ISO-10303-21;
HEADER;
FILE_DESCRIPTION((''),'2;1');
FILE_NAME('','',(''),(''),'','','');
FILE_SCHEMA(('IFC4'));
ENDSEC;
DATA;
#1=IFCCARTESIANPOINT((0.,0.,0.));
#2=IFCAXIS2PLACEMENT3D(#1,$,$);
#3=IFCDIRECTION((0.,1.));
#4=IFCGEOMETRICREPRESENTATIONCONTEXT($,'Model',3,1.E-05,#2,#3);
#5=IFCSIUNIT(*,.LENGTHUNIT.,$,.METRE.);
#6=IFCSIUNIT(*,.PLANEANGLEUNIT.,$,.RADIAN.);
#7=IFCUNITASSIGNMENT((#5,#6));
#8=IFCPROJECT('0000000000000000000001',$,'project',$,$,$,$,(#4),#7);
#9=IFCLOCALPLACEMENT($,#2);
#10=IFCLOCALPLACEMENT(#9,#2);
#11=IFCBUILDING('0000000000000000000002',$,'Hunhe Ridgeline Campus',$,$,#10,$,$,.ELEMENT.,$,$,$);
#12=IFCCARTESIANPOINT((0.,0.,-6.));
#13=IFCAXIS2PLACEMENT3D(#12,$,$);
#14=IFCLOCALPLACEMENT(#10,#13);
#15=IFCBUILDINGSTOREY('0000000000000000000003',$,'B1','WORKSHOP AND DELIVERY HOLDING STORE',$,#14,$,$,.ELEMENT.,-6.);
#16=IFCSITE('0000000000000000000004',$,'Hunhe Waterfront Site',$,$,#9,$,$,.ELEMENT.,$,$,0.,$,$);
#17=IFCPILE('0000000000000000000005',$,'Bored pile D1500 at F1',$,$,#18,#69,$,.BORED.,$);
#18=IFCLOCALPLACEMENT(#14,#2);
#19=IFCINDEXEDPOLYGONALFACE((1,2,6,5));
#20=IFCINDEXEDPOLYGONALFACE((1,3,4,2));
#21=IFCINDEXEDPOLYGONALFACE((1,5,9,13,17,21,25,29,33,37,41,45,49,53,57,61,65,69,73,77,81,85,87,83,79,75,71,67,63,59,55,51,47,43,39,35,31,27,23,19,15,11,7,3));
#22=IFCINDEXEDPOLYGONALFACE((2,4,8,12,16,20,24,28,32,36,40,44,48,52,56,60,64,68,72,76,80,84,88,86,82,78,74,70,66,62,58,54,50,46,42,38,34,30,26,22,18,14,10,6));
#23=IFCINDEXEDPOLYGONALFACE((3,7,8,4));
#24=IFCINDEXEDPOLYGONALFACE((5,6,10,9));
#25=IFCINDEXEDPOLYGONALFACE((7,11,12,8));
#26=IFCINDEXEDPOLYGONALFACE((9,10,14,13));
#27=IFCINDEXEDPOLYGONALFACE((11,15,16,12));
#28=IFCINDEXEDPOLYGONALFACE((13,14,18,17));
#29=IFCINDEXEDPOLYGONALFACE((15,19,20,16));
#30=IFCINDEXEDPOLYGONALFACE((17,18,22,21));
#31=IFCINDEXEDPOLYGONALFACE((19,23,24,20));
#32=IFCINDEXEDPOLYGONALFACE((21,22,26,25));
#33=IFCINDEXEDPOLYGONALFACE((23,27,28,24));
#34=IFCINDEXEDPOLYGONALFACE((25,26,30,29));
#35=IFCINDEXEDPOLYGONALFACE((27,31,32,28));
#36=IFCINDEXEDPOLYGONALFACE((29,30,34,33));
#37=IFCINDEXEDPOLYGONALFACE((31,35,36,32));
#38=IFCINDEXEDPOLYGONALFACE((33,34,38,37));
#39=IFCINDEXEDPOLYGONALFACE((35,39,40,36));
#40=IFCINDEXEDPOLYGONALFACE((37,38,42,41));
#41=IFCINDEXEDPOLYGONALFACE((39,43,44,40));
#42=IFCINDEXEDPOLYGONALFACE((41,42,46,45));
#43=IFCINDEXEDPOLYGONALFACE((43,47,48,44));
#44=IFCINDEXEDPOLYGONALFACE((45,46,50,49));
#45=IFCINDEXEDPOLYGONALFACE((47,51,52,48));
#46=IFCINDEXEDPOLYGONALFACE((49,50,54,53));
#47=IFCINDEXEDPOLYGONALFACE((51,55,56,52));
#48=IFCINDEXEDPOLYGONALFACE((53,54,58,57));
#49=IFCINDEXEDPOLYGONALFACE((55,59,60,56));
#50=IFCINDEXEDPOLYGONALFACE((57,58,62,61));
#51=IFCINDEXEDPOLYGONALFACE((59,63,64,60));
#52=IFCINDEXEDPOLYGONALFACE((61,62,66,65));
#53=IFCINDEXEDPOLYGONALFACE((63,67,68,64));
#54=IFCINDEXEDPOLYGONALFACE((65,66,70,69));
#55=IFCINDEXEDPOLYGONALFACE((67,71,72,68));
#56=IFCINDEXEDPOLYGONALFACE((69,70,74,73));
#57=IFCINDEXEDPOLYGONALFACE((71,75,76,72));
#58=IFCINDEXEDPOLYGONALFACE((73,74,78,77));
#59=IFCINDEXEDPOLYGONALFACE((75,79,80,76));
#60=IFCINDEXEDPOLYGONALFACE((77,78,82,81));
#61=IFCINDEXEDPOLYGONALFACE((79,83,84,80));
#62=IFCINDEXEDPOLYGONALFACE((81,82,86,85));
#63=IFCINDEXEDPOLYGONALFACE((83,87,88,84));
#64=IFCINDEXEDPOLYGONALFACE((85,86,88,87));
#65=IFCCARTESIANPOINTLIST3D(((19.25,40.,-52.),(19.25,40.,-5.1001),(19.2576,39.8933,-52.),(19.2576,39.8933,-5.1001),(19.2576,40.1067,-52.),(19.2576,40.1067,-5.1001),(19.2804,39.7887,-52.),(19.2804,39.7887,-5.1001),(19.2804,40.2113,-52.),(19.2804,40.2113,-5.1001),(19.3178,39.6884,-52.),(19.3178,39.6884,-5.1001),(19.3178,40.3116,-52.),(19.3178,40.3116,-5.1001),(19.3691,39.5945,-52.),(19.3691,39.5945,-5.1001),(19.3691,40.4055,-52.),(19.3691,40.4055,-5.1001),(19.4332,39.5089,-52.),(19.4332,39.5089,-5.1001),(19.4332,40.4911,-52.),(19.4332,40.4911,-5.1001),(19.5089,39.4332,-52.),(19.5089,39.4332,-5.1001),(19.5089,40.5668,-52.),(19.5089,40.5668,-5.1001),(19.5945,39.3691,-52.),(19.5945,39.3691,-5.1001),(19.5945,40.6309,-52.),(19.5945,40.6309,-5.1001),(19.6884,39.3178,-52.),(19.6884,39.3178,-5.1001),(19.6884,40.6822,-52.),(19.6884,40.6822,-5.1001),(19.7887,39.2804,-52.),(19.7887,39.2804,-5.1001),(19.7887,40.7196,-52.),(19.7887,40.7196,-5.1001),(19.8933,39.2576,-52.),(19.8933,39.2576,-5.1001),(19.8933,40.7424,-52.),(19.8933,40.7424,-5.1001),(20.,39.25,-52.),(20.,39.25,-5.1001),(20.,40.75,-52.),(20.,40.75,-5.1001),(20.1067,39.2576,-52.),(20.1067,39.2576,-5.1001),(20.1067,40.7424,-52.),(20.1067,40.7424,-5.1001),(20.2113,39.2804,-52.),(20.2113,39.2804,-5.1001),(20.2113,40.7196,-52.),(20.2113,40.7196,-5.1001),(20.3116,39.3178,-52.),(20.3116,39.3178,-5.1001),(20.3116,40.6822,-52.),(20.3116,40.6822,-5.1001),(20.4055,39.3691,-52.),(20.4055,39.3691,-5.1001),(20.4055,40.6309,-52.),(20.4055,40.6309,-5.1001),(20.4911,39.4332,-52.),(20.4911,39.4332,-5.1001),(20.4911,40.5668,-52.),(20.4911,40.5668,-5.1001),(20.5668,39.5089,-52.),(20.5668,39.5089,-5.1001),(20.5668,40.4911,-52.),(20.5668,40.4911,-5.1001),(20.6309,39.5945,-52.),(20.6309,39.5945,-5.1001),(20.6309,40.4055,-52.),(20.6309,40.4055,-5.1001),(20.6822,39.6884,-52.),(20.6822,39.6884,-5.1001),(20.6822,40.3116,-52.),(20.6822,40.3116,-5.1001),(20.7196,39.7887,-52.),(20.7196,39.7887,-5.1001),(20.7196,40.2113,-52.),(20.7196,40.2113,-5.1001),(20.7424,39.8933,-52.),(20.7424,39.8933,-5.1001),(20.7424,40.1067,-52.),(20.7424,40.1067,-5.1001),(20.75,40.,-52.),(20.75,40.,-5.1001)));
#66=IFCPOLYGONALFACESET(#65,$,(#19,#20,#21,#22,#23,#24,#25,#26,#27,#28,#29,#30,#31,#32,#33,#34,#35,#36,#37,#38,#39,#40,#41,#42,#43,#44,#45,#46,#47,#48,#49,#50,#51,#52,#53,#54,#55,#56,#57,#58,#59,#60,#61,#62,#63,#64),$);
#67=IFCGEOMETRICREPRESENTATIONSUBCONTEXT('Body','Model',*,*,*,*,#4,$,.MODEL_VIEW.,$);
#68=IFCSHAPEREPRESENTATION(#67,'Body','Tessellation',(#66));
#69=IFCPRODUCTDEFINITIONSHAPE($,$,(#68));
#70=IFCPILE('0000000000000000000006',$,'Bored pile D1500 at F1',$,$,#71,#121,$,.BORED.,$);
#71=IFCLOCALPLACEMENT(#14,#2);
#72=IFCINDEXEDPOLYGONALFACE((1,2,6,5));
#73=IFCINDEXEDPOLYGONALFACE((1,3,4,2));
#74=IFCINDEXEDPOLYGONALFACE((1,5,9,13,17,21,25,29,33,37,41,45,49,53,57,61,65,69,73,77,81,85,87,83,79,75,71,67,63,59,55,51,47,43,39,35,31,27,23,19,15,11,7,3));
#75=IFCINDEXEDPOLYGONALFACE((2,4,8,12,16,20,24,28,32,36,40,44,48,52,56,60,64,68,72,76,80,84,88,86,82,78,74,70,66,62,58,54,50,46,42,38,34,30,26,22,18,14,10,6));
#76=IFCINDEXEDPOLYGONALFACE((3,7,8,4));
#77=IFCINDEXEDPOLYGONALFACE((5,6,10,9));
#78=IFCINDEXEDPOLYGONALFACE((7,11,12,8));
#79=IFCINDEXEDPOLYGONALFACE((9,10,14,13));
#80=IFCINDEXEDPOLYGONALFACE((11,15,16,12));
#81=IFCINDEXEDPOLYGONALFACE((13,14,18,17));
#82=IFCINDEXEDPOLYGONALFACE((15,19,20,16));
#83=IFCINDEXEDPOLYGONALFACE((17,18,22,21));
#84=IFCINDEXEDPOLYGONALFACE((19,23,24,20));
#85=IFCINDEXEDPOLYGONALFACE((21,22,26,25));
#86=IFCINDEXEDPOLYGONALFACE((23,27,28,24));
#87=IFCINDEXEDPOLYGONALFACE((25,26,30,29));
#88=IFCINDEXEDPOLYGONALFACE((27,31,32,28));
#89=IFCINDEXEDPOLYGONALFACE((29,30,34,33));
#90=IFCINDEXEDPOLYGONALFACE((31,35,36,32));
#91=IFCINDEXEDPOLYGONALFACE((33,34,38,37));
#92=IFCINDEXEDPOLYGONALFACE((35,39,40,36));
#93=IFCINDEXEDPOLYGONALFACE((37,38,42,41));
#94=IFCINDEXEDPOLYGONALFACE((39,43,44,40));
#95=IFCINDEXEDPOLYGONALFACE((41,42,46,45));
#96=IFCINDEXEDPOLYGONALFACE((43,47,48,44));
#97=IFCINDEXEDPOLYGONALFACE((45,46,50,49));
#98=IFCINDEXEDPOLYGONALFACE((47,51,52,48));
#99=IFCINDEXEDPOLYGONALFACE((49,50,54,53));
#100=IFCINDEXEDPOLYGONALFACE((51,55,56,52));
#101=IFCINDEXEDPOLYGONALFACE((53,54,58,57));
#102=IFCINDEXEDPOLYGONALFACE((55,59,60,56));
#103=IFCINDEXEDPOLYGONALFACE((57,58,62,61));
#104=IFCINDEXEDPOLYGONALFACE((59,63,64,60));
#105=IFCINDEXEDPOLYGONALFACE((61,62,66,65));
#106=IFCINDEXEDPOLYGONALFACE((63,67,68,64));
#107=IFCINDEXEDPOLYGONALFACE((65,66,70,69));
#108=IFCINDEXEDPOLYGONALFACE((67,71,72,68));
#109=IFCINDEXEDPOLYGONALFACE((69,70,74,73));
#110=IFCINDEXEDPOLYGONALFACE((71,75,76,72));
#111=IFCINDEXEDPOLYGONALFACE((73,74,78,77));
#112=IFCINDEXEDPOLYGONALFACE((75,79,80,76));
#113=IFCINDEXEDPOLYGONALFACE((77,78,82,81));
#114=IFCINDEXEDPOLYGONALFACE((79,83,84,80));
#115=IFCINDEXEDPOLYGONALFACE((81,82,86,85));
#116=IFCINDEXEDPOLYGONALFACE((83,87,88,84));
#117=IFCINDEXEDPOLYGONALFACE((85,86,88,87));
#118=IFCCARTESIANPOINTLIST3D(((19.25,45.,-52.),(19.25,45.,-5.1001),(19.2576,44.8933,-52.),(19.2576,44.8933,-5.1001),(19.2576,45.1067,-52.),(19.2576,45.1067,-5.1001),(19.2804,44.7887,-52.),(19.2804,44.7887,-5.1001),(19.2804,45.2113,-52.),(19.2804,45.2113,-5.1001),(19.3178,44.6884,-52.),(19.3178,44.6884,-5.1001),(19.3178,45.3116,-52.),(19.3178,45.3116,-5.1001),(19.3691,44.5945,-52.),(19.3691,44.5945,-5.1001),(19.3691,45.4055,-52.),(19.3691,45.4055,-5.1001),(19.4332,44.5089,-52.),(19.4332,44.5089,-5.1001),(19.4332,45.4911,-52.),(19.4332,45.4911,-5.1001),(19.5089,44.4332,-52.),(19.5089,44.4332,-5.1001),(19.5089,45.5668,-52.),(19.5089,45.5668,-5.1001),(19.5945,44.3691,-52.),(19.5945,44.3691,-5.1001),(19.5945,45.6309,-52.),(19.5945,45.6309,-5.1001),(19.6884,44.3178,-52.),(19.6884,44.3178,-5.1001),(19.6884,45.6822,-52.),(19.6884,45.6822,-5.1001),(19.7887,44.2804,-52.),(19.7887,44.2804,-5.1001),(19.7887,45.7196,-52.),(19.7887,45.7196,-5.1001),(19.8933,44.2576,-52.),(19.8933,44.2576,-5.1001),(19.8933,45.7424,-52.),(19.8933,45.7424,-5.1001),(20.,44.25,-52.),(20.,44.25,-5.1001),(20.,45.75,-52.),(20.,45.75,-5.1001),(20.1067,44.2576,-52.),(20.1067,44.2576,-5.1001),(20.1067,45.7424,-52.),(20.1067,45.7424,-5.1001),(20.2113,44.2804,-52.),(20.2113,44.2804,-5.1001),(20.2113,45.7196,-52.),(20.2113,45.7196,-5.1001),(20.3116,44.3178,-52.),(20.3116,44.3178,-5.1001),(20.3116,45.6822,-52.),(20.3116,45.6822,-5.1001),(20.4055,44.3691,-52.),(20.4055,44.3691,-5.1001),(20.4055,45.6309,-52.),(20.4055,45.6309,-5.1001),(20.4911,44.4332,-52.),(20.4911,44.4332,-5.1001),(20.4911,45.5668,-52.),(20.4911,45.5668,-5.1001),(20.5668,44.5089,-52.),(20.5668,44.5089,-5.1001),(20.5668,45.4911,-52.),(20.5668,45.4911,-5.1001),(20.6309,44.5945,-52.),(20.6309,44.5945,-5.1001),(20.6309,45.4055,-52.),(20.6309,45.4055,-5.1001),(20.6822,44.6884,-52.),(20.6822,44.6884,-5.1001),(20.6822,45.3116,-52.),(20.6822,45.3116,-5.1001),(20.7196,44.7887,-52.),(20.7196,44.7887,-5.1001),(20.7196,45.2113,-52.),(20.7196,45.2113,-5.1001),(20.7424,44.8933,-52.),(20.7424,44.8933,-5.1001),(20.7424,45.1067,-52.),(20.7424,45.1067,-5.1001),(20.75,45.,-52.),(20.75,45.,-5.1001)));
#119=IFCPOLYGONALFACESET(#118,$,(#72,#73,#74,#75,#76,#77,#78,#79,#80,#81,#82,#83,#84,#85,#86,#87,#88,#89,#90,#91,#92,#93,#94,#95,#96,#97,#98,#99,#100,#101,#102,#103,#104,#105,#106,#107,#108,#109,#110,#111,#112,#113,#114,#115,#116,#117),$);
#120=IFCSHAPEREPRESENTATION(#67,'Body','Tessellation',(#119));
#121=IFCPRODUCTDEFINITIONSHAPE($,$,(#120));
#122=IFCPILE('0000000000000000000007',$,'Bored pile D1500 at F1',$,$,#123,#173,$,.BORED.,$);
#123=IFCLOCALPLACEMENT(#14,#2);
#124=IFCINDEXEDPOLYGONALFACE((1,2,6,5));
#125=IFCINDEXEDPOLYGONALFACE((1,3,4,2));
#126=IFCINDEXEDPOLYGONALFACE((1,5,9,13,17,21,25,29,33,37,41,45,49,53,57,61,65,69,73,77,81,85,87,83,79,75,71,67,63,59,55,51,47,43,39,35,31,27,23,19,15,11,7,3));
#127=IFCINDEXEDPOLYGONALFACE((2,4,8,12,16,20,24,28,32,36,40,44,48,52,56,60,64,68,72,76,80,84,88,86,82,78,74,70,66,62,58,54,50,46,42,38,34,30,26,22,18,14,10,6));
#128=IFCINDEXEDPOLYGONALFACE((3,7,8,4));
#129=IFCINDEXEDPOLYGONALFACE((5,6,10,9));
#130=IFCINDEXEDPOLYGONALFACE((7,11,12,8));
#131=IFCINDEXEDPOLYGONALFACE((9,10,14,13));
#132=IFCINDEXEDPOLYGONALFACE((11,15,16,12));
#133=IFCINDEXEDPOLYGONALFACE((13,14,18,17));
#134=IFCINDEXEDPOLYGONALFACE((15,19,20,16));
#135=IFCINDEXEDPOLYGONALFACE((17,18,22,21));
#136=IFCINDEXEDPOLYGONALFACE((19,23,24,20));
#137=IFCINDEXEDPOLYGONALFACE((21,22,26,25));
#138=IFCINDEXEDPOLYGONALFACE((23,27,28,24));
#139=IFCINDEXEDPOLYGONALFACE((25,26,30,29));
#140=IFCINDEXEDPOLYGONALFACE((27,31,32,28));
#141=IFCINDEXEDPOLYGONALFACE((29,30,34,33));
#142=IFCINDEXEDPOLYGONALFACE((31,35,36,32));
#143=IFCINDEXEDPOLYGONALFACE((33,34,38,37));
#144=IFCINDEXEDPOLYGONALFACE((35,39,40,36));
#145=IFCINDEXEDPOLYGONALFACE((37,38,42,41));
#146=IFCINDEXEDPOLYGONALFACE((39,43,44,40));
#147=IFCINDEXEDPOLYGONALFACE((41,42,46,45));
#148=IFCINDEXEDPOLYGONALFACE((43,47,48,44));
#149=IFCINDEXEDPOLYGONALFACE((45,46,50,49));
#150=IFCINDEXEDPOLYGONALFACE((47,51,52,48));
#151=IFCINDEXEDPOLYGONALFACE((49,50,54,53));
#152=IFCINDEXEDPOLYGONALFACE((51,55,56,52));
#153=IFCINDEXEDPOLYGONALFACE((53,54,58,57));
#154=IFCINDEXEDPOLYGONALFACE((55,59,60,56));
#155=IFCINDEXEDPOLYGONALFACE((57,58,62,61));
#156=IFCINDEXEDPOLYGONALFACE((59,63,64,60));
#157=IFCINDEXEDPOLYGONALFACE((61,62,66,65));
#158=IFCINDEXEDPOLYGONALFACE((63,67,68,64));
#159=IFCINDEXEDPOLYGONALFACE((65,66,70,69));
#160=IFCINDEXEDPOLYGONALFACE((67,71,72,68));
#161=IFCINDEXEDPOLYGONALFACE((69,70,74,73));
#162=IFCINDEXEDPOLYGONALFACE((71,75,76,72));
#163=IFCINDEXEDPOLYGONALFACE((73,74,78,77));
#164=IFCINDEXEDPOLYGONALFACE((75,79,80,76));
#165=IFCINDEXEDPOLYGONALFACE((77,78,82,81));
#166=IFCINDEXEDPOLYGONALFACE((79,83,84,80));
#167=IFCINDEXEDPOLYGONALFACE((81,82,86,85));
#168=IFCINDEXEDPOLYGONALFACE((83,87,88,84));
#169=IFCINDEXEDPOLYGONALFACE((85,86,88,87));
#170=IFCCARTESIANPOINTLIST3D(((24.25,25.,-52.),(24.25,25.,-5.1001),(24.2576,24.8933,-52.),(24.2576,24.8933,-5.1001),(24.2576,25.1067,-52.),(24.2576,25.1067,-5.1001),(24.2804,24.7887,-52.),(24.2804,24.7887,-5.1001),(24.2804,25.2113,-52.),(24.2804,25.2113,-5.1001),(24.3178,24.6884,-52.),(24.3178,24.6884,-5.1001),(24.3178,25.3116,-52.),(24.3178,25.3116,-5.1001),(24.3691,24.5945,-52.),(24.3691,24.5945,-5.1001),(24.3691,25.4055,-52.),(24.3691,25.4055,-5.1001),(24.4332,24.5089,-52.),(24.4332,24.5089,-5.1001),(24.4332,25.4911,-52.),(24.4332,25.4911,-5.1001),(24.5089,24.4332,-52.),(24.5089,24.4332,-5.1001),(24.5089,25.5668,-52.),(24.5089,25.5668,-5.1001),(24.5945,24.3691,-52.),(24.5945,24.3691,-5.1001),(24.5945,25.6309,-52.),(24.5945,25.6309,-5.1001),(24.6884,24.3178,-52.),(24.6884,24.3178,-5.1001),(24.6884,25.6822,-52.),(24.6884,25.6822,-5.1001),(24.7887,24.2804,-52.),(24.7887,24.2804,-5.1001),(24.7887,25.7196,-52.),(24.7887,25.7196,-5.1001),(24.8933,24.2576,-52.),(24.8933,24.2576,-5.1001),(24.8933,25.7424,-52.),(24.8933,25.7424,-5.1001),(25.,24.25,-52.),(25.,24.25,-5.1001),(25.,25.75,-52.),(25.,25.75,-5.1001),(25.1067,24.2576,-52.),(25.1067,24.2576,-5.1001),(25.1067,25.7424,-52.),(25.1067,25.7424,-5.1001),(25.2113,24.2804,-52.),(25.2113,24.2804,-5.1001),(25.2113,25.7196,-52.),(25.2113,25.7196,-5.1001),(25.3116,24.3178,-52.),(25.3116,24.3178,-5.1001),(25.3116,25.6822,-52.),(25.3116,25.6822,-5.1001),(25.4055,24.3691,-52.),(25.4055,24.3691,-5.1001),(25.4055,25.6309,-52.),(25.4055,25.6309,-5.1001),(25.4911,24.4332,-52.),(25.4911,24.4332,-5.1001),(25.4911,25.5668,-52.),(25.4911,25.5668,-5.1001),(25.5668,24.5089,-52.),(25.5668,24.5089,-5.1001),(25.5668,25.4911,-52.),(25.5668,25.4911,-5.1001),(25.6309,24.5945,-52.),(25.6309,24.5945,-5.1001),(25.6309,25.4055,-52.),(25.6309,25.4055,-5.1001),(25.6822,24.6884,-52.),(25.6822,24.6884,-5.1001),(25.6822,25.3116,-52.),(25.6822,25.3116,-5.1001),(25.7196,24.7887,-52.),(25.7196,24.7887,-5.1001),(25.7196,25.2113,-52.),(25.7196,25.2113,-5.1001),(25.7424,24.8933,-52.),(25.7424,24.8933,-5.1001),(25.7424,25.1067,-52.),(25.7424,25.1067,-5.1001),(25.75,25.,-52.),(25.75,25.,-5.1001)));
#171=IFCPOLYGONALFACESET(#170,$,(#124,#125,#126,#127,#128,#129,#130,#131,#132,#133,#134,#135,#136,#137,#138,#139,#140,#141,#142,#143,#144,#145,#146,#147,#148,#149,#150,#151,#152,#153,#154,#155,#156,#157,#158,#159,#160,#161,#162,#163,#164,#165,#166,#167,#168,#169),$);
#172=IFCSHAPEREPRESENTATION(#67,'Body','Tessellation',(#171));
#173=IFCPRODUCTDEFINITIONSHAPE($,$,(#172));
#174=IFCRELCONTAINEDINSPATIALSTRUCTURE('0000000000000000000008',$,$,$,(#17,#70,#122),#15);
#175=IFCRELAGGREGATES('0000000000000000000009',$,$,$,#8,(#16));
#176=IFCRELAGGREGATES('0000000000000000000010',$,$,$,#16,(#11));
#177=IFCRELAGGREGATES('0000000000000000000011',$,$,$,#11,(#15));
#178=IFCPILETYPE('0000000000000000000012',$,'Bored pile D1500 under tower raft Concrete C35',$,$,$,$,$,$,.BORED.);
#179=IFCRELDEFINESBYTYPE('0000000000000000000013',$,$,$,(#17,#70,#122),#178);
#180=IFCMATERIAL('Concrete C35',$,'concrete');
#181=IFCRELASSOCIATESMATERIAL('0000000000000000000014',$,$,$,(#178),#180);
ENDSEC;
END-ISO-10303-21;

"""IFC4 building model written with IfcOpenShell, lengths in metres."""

from ifc_helpers import new_model, si_unit, direction, frame, origin, origin_2d, place, context, subcontext, project, spatial, circle, extrude, material, material_profile, profile_set, type_object, element, save


model = new_model("IFC4")

# Units and contexts
model_context = context("Model", 3, precision=1e-05, world=origin(), true_north=direction((0.0, 1.0)))
body_context = subcontext(model_context, "Body", "Model", "MODEL_VIEW")
ifc_project = project(units=[si_unit("LENGTHUNIT", "METRE"), si_unit("PLANEANGLEUNIT", "RADIAN")], contexts=[model_context])

# Site, building, storey
site_placement = place(None, origin())
site = spatial("IfcSite", under=ifc_project, at=site_placement, Name="Hunhe Waterfront Site", CompositionType="ELEMENT", RefElevation=0.0)
building_placement = place(site_placement, origin())
building = spatial("IfcBuilding", under=site, at=building_placement, Name="Hunhe Ridgeline Campus", CompositionType="ELEMENT")
storey_placement = place(building_placement, frame((0.0, 0.0, -6.0)))
storey = spatial("IfcBuildingStorey", under=building, at=storey_placement, Name="B1", Description="WORKSHOP AND DELIVERY HOLDING STORE", CompositionType="ELEMENT", Elevation=-6.0)

# Piles
ifc_material_1 = material(Name="Concrete C35", Category="concrete")
ifc_material_profile_1 = material_profile(ifc_material_1, circle(Radius=0.75, at=origin_2d()))
ifc_profile_set_1 = profile_set([ifc_material_profile_1], Name="Concrete C35")
pile_type = type_object("IfcPileType", Name="Bored pile D1500 under tower raft Concrete C35", PredefinedType="BORED", material=ifc_profile_set_1)
for number, where, z_axis, x_axis, name in (
    (1, (20.0, 40.0, -5.1001), (0.0, 0.0, -1.0), (1.0, 0.0, 0.0), "Bored pile D1500 at F1"),
    (2, (20.0, 45.0, -5.1001), (0.0, 0.0, -1.0), (1.0, 0.0, 0.0), "Bored pile D1500 at F1"),
    (3, (25.0, 25.0, -5.1001), (0.0, 0.0, -1.0), (1.0, 0.0, 0.0), "Bored pile D1500 at F1"),
):
    element("IfcPile", number, at=place(storey_placement, frame(where, z_axis=z_axis, x_axis=x_axis)), inside=storey, type_object=pile_type, Name=name, PredefinedType="BORED", context=body_context, shape_type="SweptSolid", body=[
        extrude(circle(Radius=0.75, at=origin_2d()), origin(), (0.0, 0.0, 1.0), 46.8999),
    ])

save(model, "model.ifc")
